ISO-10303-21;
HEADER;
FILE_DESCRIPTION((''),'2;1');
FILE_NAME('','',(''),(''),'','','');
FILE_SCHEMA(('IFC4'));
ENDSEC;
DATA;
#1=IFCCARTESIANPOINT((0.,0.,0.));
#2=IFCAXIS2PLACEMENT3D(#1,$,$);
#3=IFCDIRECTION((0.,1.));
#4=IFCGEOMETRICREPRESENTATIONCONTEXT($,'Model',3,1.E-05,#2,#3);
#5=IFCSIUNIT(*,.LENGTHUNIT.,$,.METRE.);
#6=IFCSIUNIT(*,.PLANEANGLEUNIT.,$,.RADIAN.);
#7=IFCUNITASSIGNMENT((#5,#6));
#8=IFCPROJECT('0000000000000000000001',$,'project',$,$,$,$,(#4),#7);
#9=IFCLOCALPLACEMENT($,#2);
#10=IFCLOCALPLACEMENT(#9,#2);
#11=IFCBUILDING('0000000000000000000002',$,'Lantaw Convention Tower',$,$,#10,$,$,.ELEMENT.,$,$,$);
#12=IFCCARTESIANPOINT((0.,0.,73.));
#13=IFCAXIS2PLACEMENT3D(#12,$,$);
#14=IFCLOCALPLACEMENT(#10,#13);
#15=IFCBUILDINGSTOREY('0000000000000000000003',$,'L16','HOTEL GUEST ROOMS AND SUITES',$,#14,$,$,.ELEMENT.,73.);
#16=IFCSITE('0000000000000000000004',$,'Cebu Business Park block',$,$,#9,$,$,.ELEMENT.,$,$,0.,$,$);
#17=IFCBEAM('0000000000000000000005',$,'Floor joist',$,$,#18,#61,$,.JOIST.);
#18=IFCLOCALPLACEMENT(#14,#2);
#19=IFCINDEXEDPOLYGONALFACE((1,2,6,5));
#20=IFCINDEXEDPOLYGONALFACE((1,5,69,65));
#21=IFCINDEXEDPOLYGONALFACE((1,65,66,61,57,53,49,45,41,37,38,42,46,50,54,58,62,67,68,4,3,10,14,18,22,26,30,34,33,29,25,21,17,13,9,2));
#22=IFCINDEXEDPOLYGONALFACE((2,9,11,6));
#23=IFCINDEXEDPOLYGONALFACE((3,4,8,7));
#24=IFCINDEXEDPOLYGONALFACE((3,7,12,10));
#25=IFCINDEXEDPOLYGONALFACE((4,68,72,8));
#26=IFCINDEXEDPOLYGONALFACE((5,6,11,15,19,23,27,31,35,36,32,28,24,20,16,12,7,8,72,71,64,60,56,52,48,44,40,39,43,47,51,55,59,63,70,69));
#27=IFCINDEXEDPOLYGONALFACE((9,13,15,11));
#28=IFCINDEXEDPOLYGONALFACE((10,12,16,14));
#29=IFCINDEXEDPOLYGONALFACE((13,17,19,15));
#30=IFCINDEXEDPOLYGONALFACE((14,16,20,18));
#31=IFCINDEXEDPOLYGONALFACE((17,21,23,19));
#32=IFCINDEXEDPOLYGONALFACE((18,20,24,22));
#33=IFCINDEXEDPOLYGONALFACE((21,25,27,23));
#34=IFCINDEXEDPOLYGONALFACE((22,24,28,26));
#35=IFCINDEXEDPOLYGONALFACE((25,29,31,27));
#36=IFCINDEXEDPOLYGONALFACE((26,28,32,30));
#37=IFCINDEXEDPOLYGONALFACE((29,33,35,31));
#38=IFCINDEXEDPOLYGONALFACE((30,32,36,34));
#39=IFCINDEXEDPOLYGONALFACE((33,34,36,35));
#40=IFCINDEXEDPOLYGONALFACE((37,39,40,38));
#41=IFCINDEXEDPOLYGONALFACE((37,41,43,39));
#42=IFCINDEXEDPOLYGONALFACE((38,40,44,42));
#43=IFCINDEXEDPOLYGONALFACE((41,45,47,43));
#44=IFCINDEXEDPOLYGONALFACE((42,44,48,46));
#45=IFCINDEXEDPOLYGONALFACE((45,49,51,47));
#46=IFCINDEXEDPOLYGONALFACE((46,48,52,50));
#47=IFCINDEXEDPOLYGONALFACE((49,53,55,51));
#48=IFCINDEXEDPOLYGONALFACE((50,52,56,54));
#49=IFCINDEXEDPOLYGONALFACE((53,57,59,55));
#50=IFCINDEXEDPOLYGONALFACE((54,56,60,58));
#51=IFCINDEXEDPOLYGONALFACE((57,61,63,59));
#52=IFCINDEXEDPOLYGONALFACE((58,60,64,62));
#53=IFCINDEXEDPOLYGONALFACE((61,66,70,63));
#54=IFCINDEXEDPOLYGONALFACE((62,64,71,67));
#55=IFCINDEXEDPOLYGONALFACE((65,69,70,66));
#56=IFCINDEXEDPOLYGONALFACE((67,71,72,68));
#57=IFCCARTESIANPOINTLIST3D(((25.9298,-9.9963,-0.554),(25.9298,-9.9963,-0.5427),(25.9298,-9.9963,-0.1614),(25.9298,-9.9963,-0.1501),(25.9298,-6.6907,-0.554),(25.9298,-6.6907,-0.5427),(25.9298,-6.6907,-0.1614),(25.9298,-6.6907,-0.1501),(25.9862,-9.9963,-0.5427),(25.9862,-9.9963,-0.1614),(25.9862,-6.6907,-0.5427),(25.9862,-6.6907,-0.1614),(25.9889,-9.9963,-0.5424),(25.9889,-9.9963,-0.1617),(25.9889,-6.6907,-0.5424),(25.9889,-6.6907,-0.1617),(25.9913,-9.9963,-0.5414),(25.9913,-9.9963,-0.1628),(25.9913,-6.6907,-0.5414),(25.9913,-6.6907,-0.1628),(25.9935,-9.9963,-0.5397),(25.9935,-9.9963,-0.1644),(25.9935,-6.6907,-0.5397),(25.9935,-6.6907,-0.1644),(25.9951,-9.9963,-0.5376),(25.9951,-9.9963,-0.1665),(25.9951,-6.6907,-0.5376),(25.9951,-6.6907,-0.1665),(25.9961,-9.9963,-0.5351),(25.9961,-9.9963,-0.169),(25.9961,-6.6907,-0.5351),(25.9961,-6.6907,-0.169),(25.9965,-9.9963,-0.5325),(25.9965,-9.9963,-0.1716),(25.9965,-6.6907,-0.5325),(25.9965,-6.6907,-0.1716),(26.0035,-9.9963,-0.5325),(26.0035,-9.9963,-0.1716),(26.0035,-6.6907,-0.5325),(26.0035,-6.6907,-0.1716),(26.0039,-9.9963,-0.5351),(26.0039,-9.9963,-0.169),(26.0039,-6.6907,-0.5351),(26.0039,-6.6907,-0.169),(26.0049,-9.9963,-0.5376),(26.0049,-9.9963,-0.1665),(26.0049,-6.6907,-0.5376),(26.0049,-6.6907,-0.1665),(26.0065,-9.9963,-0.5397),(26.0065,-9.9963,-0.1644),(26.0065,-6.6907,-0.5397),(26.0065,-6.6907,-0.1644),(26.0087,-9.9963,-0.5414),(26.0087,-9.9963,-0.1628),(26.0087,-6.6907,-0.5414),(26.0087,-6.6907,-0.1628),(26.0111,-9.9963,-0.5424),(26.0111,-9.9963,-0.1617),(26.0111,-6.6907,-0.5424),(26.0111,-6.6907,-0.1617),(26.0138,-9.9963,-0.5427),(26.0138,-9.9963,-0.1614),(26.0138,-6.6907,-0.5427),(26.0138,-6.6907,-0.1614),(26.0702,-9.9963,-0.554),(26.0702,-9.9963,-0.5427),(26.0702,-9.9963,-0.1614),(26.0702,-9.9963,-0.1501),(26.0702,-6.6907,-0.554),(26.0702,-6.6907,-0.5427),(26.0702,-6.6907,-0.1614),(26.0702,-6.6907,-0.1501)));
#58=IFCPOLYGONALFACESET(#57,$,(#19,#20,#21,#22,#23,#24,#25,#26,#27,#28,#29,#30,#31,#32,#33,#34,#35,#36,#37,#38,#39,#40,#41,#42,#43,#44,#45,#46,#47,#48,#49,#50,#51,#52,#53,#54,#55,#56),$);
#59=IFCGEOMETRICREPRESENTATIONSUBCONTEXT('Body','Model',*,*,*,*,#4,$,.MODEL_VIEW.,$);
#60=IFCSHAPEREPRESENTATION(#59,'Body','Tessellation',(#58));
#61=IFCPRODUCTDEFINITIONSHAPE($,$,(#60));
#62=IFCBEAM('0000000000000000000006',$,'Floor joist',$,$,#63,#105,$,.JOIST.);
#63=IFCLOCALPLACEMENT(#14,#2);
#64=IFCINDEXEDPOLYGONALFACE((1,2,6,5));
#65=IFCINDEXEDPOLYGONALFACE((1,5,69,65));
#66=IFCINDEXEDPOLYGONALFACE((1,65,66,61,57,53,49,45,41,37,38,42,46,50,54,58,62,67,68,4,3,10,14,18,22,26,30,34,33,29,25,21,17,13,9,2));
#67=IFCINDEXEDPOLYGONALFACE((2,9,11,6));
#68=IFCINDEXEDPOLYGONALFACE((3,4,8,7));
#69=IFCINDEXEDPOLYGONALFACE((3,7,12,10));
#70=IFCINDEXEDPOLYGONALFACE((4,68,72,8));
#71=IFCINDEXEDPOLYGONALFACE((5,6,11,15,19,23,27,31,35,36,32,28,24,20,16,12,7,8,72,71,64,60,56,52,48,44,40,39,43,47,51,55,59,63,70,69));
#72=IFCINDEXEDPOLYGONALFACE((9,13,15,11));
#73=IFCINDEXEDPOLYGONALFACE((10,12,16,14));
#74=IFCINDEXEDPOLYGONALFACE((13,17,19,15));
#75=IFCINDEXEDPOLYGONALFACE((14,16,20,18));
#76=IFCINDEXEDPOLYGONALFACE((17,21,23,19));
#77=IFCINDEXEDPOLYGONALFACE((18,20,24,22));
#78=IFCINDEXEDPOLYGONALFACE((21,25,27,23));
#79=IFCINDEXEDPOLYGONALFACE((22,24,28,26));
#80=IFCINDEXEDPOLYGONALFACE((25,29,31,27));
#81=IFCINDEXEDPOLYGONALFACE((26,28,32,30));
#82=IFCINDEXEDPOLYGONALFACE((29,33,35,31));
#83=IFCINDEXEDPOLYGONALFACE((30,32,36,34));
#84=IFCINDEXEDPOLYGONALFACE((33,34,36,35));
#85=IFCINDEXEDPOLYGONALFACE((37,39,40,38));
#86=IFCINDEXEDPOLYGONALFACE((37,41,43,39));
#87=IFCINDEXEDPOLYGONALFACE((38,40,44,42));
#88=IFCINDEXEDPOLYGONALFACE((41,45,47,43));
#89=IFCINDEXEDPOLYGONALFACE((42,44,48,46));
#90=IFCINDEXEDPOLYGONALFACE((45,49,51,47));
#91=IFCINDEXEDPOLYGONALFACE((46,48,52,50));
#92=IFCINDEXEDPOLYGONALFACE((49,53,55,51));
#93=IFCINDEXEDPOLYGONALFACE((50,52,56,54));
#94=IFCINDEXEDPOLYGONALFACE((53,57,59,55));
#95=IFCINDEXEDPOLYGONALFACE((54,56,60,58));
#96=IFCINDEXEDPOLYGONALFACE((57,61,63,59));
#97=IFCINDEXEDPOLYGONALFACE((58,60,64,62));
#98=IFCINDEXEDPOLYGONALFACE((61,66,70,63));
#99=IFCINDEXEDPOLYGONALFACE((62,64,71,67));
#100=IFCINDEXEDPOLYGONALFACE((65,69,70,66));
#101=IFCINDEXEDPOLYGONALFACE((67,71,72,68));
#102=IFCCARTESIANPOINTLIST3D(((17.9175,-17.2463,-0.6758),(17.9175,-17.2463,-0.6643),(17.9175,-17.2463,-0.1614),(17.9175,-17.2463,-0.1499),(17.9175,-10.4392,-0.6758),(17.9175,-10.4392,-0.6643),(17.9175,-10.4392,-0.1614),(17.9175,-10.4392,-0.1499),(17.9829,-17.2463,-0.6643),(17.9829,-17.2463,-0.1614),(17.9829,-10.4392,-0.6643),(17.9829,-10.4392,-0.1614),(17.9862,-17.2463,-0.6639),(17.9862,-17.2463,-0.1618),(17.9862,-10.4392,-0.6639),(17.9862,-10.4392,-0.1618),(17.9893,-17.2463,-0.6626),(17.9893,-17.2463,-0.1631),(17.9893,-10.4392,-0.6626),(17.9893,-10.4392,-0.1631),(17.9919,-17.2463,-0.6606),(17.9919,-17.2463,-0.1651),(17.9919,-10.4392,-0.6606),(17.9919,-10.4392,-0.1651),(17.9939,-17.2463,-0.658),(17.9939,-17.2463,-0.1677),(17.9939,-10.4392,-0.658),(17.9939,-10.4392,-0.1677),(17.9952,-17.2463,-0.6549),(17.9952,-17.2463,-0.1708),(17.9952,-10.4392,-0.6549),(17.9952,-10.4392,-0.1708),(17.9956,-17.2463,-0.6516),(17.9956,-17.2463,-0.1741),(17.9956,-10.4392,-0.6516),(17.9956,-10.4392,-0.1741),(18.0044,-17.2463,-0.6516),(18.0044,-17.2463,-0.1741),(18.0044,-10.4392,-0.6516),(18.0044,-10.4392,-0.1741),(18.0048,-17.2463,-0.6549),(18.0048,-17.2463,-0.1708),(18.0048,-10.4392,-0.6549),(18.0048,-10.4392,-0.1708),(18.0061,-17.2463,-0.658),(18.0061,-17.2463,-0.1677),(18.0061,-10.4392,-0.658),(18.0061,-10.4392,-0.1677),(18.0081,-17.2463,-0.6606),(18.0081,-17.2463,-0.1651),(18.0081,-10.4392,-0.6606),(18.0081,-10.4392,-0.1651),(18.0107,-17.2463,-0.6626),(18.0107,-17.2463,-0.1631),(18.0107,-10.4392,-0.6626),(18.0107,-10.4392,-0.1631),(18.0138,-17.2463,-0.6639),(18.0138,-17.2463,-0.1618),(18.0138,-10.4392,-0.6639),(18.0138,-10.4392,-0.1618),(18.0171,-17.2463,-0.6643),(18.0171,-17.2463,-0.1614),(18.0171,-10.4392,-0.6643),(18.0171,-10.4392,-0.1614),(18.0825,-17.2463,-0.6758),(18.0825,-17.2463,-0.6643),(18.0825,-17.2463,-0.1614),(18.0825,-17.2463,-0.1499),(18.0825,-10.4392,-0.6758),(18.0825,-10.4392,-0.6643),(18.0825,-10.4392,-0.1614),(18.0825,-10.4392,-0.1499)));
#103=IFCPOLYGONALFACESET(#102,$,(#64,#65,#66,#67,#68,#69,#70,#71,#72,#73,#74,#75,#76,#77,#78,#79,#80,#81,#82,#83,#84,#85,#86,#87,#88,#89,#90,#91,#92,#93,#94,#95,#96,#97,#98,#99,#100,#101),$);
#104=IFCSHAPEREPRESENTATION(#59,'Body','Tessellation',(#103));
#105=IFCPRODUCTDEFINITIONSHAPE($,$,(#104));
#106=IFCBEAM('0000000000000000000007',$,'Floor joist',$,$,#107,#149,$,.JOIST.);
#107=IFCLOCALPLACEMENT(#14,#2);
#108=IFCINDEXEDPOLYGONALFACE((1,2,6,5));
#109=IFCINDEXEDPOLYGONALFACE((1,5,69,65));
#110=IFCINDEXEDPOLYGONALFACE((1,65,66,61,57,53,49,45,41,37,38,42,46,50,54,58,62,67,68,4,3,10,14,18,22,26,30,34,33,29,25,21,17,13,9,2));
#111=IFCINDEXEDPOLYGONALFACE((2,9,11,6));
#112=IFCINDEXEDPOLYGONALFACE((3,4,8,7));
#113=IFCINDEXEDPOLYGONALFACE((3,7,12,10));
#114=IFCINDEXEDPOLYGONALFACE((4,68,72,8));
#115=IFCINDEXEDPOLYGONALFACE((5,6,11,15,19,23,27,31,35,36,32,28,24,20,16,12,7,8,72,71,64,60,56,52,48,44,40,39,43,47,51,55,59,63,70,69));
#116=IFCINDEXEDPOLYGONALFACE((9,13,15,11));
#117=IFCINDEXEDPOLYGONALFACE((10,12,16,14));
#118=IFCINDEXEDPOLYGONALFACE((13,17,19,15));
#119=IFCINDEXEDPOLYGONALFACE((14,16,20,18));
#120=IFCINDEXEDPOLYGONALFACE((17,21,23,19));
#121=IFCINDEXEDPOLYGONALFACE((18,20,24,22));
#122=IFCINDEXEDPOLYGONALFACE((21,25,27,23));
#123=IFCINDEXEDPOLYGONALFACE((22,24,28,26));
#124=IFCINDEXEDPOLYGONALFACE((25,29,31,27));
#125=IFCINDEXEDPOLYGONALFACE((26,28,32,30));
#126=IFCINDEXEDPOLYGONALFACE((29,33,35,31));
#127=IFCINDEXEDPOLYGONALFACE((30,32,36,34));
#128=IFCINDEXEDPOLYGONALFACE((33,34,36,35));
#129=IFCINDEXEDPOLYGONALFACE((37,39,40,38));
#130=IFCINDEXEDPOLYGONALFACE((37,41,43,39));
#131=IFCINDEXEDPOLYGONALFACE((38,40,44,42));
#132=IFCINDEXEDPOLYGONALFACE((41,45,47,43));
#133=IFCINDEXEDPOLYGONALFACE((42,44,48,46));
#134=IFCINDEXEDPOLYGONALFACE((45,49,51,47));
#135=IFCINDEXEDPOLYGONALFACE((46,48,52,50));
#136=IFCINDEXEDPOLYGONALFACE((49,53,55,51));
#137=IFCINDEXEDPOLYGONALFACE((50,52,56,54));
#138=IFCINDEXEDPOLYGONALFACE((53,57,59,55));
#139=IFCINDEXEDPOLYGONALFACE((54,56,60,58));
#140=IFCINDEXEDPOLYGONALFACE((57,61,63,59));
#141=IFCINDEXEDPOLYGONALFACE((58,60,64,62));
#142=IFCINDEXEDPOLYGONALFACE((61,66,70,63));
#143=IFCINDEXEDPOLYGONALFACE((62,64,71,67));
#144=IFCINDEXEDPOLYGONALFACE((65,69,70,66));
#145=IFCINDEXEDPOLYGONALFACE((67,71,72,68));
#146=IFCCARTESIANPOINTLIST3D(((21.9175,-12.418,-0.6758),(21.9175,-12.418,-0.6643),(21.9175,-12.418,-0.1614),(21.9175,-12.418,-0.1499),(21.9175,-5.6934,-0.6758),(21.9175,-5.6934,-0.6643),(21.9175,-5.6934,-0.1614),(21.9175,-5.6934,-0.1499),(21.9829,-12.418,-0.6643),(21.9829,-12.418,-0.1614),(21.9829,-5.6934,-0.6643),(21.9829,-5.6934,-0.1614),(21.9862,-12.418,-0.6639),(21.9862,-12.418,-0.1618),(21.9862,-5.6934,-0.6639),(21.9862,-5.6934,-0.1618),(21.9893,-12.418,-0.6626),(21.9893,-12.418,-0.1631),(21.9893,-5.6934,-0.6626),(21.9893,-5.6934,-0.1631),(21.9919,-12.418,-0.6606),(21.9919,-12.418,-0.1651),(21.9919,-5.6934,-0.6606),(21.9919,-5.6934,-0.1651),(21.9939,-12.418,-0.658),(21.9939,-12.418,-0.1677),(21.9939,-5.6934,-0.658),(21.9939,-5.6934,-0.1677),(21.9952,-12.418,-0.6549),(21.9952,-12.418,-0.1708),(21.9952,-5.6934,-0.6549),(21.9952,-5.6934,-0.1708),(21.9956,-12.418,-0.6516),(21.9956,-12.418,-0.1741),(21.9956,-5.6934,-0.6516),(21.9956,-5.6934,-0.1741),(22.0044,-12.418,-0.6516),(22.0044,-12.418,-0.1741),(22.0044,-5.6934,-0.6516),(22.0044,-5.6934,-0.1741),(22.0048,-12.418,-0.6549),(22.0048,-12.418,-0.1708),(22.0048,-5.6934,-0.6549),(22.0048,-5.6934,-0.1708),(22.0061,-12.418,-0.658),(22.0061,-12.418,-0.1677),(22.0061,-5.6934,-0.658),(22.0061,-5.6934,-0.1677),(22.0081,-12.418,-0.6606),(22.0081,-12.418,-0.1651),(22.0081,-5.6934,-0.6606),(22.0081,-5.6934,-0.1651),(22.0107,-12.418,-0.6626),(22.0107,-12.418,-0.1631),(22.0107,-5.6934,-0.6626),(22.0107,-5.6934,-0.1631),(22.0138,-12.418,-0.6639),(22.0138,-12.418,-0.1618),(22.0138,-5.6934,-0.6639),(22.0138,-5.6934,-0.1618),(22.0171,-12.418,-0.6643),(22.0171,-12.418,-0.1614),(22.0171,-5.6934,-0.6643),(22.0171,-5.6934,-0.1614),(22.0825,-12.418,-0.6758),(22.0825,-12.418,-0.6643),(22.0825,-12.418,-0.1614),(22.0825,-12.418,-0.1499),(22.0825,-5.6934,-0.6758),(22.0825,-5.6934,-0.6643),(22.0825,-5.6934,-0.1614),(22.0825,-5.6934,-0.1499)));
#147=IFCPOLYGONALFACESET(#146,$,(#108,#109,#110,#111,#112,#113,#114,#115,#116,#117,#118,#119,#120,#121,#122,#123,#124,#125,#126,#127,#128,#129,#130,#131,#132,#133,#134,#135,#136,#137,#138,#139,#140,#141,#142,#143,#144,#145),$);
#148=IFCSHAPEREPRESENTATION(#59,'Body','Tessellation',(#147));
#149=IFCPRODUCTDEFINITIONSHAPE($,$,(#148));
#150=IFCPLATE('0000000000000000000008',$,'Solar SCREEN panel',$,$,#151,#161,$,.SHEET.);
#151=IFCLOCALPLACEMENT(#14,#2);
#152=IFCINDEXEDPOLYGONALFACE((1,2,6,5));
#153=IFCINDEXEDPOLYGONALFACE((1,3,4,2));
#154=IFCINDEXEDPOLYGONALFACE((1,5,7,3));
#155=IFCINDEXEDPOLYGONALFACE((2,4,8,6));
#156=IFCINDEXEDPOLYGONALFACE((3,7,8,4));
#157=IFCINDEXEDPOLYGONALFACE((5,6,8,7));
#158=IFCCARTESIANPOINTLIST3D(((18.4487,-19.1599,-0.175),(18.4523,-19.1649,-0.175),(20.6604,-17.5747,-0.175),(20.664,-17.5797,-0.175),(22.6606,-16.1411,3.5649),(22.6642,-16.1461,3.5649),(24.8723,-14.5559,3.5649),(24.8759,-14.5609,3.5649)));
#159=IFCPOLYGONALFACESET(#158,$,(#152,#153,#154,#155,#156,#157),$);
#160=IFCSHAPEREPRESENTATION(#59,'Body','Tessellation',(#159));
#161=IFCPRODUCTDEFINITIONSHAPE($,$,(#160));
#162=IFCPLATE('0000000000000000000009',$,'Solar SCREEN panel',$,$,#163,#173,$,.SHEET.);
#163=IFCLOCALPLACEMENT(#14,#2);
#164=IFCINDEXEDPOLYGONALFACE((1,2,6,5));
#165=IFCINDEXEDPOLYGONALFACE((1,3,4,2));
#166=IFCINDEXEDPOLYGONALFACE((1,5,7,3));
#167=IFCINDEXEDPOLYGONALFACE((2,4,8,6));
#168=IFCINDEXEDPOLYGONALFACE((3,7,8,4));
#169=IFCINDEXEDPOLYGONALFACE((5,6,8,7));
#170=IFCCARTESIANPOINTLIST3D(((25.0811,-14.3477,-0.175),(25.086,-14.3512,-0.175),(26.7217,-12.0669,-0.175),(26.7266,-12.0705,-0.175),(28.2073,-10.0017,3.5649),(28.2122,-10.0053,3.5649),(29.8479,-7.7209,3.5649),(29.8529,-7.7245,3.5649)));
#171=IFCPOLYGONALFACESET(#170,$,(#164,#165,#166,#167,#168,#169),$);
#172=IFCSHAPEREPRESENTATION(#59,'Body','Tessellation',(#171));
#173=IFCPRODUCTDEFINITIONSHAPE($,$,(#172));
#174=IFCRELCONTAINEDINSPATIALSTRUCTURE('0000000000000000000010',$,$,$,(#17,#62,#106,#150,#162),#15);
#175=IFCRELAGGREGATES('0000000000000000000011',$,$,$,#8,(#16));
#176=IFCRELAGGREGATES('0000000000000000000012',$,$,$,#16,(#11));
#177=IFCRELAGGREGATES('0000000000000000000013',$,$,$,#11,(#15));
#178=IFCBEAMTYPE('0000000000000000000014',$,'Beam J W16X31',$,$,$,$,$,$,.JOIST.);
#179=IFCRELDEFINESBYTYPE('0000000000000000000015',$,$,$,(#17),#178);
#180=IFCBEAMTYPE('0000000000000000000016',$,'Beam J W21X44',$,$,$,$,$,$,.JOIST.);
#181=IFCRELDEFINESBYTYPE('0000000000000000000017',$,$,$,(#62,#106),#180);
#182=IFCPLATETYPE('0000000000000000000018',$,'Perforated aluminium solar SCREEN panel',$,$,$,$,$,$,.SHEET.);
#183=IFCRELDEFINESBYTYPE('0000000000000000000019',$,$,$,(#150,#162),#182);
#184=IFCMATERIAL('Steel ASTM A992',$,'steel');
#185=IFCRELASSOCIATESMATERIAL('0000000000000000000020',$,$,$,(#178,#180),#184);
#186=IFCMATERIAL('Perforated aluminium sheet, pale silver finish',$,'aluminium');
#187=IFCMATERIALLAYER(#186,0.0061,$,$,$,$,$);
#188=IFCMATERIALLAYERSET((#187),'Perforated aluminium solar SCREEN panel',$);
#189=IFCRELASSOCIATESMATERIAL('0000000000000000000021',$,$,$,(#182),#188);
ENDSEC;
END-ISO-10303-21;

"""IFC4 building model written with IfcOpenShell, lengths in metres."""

from ifc_helpers import new_model, si_unit, direction, frame, origin, origin_2d, place, context, subcontext, project, spatial, polyline, i_section, outline, extrude, material, layer, layer_set, material_profile, profile_set, type_object, element, save


model = new_model("IFC4")

# Units and contexts
model_context = context("Model", 3, precision=1e-05, world=origin(), true_north=direction((0.0, 1.0)))
body_context = subcontext(model_context, "Body", "Model", "MODEL_VIEW")
ifc_project = project(units=[si_unit("LENGTHUNIT", "METRE"), si_unit("PLANEANGLEUNIT", "RADIAN")], contexts=[model_context])

# Site, building, storey
site_placement = place(None, origin())
site = spatial("IfcSite", under=ifc_project, at=site_placement, Name="Cebu Business Park block", CompositionType="ELEMENT", RefElevation=0.0)
building_placement = place(site_placement, origin())
building = spatial("IfcBuilding", under=site, at=building_placement, Name="Lantaw Convention Tower", CompositionType="ELEMENT")
storey_placement = place(building_placement, frame((0.0, 0.0, 73.0)))
storey = spatial("IfcBuildingStorey", under=building, at=storey_placement, Name="L16", Description="HOTEL GUEST ROOMS AND SUITES", CompositionType="ELEMENT", Elevation=73.0)

# Beams
ifc_material_1 = material(Name="Steel ASTM A992", Category="steel")
ifc_material_profile_1 = material_profile(ifc_material_1, i_section(OverallWidth=0.1404, OverallDepth=0.4038, WebThickness=0.0071, FlangeThickness=0.0112, FilletRadius=0.0103, at=origin_2d()), Name="W16X31")
ifc_profile_set_1 = profile_set([ifc_material_profile_1], Name="Steel ASTM A992")
beam_type_1 = type_object("IfcBeamType", Name="Beam J W16X31", PredefinedType="JOIST", material=ifc_profile_set_1)
beam_1_placement = place(storey_placement, frame((26.0, -9.9963, -0.3521), z_axis=(0.0, 1.0, 0.0), x_axis=(-1.0, 0.0, 0.0)))
element("IfcBeam", 1, at=beam_1_placement, inside=storey, type_object=beam_type_1, Name="Floor joist", PredefinedType="JOIST", context=body_context, shape_type="SweptSolid", body=[
    extrude(i_section(OverallWidth=0.1404, OverallDepth=0.4038, WebThickness=0.0071, FlangeThickness=0.0112, FilletRadius=0.0103, at=origin_2d()), origin(), (0.0, 0.0, 1.0), 3.3057),
])
ifc_material_profile_2 = material_profile(ifc_material_1, i_section(OverallWidth=0.165, OverallDepth=0.5259, WebThickness=0.0088, FlangeThickness=0.0115, FilletRadius=0.0127, at=origin_2d()), Name="W21X44")
ifc_profile_set_2 = profile_set([ifc_material_profile_2], Name="Steel ASTM A992")
beam_type_2 = type_object("IfcBeamType", Name="Beam J W21X44", PredefinedType="JOIST", material=ifc_profile_set_2)
beam_2_placement = place(storey_placement, frame((18.0, -17.2463, -0.4128), z_axis=(0.0, 1.0, 0.0), x_axis=(-1.0, 0.0, 0.0)))
element("IfcBeam", 2, at=beam_2_placement, inside=storey, type_object=beam_type_2, Name="Floor joist", PredefinedType="JOIST", context=body_context, shape_type="SweptSolid", body=[
    extrude(i_section(OverallWidth=0.165, OverallDepth=0.5259, WebThickness=0.0088, FlangeThickness=0.0115, FilletRadius=0.0127, at=origin_2d()), origin(), (0.0, 0.0, 1.0), 6.8071),
])
beam_3_placement = place(storey_placement, frame((22.0, -12.418, -0.4128), z_axis=(0.0, 1.0, 0.0), x_axis=(-1.0, 0.0, 0.0)))
element("IfcBeam", 3, at=beam_3_placement, inside=storey, type_object=beam_type_2, Name="Floor joist", PredefinedType="JOIST", context=body_context, shape_type="SweptSolid", body=[
    extrude(i_section(OverallWidth=0.165, OverallDepth=0.5259, WebThickness=0.0088, FlangeThickness=0.0115, FilletRadius=0.0127, at=origin_2d()), origin(), (0.0, 0.0, 1.0), 6.7246),
])

# Plates
ifc_material_2 = material(Name="Perforated aluminium sheet, pale silver finish", Category="aluminium")
ifc_layer_1 = layer(ifc_material_2, 0.0061)
ifc_layer_set_1 = layer_set([ifc_layer_1], Name="Perforated aluminium solar SCREEN panel")
plate_type = type_object("IfcPlateType", Name="Perforated aluminium solar SCREEN panel", PredefinedType="SHEET", material=ifc_layer_set_1)
plate_1_placement = place(storey_placement, frame((18.4487, -19.1599, -0.175), z_axis=(-0.582561, 0.812787, 0.000016), x_axis=(0.812787, 0.582561, 0.0)))
element("IfcPlate", 4, at=plate_1_placement, inside=storey, type_object=plate_type, Name="Solar SCREEN panel", PredefinedType="SHEET", context=body_context, shape_type="SweptSolid", body=[
    extrude(outline(polyline([(0.0, 0.0), (2.7211, 0.0), (7.9031, -3.74), (5.182, -3.74), (0.0, 0.0)])), origin(), (0.0, 0.0, -1.0), 0.0061),
])
plate_2_placement = place(storey_placement, frame((25.0811, -14.3477, -0.175), z_axis=(-0.811791, 0.583948, 0.000009), x_axis=(0.583948, 0.811791, 0.0)))
element("IfcPlate", 5, at=plate_2_placement, inside=storey, type_object=plate_type, Name="Solar SCREEN panel", PredefinedType="SHEET", context=body_context, shape_type="SweptSolid", body=[
    extrude(outline(polyline([(0.0, 0.0), (2.8095, 0.0), (8.1631, -3.74), (5.3536, -3.74), (0.0, 0.0)])), origin(), (0.0, 0.0, -1.0), 0.0061),
])

save(model, "model.ifc")
